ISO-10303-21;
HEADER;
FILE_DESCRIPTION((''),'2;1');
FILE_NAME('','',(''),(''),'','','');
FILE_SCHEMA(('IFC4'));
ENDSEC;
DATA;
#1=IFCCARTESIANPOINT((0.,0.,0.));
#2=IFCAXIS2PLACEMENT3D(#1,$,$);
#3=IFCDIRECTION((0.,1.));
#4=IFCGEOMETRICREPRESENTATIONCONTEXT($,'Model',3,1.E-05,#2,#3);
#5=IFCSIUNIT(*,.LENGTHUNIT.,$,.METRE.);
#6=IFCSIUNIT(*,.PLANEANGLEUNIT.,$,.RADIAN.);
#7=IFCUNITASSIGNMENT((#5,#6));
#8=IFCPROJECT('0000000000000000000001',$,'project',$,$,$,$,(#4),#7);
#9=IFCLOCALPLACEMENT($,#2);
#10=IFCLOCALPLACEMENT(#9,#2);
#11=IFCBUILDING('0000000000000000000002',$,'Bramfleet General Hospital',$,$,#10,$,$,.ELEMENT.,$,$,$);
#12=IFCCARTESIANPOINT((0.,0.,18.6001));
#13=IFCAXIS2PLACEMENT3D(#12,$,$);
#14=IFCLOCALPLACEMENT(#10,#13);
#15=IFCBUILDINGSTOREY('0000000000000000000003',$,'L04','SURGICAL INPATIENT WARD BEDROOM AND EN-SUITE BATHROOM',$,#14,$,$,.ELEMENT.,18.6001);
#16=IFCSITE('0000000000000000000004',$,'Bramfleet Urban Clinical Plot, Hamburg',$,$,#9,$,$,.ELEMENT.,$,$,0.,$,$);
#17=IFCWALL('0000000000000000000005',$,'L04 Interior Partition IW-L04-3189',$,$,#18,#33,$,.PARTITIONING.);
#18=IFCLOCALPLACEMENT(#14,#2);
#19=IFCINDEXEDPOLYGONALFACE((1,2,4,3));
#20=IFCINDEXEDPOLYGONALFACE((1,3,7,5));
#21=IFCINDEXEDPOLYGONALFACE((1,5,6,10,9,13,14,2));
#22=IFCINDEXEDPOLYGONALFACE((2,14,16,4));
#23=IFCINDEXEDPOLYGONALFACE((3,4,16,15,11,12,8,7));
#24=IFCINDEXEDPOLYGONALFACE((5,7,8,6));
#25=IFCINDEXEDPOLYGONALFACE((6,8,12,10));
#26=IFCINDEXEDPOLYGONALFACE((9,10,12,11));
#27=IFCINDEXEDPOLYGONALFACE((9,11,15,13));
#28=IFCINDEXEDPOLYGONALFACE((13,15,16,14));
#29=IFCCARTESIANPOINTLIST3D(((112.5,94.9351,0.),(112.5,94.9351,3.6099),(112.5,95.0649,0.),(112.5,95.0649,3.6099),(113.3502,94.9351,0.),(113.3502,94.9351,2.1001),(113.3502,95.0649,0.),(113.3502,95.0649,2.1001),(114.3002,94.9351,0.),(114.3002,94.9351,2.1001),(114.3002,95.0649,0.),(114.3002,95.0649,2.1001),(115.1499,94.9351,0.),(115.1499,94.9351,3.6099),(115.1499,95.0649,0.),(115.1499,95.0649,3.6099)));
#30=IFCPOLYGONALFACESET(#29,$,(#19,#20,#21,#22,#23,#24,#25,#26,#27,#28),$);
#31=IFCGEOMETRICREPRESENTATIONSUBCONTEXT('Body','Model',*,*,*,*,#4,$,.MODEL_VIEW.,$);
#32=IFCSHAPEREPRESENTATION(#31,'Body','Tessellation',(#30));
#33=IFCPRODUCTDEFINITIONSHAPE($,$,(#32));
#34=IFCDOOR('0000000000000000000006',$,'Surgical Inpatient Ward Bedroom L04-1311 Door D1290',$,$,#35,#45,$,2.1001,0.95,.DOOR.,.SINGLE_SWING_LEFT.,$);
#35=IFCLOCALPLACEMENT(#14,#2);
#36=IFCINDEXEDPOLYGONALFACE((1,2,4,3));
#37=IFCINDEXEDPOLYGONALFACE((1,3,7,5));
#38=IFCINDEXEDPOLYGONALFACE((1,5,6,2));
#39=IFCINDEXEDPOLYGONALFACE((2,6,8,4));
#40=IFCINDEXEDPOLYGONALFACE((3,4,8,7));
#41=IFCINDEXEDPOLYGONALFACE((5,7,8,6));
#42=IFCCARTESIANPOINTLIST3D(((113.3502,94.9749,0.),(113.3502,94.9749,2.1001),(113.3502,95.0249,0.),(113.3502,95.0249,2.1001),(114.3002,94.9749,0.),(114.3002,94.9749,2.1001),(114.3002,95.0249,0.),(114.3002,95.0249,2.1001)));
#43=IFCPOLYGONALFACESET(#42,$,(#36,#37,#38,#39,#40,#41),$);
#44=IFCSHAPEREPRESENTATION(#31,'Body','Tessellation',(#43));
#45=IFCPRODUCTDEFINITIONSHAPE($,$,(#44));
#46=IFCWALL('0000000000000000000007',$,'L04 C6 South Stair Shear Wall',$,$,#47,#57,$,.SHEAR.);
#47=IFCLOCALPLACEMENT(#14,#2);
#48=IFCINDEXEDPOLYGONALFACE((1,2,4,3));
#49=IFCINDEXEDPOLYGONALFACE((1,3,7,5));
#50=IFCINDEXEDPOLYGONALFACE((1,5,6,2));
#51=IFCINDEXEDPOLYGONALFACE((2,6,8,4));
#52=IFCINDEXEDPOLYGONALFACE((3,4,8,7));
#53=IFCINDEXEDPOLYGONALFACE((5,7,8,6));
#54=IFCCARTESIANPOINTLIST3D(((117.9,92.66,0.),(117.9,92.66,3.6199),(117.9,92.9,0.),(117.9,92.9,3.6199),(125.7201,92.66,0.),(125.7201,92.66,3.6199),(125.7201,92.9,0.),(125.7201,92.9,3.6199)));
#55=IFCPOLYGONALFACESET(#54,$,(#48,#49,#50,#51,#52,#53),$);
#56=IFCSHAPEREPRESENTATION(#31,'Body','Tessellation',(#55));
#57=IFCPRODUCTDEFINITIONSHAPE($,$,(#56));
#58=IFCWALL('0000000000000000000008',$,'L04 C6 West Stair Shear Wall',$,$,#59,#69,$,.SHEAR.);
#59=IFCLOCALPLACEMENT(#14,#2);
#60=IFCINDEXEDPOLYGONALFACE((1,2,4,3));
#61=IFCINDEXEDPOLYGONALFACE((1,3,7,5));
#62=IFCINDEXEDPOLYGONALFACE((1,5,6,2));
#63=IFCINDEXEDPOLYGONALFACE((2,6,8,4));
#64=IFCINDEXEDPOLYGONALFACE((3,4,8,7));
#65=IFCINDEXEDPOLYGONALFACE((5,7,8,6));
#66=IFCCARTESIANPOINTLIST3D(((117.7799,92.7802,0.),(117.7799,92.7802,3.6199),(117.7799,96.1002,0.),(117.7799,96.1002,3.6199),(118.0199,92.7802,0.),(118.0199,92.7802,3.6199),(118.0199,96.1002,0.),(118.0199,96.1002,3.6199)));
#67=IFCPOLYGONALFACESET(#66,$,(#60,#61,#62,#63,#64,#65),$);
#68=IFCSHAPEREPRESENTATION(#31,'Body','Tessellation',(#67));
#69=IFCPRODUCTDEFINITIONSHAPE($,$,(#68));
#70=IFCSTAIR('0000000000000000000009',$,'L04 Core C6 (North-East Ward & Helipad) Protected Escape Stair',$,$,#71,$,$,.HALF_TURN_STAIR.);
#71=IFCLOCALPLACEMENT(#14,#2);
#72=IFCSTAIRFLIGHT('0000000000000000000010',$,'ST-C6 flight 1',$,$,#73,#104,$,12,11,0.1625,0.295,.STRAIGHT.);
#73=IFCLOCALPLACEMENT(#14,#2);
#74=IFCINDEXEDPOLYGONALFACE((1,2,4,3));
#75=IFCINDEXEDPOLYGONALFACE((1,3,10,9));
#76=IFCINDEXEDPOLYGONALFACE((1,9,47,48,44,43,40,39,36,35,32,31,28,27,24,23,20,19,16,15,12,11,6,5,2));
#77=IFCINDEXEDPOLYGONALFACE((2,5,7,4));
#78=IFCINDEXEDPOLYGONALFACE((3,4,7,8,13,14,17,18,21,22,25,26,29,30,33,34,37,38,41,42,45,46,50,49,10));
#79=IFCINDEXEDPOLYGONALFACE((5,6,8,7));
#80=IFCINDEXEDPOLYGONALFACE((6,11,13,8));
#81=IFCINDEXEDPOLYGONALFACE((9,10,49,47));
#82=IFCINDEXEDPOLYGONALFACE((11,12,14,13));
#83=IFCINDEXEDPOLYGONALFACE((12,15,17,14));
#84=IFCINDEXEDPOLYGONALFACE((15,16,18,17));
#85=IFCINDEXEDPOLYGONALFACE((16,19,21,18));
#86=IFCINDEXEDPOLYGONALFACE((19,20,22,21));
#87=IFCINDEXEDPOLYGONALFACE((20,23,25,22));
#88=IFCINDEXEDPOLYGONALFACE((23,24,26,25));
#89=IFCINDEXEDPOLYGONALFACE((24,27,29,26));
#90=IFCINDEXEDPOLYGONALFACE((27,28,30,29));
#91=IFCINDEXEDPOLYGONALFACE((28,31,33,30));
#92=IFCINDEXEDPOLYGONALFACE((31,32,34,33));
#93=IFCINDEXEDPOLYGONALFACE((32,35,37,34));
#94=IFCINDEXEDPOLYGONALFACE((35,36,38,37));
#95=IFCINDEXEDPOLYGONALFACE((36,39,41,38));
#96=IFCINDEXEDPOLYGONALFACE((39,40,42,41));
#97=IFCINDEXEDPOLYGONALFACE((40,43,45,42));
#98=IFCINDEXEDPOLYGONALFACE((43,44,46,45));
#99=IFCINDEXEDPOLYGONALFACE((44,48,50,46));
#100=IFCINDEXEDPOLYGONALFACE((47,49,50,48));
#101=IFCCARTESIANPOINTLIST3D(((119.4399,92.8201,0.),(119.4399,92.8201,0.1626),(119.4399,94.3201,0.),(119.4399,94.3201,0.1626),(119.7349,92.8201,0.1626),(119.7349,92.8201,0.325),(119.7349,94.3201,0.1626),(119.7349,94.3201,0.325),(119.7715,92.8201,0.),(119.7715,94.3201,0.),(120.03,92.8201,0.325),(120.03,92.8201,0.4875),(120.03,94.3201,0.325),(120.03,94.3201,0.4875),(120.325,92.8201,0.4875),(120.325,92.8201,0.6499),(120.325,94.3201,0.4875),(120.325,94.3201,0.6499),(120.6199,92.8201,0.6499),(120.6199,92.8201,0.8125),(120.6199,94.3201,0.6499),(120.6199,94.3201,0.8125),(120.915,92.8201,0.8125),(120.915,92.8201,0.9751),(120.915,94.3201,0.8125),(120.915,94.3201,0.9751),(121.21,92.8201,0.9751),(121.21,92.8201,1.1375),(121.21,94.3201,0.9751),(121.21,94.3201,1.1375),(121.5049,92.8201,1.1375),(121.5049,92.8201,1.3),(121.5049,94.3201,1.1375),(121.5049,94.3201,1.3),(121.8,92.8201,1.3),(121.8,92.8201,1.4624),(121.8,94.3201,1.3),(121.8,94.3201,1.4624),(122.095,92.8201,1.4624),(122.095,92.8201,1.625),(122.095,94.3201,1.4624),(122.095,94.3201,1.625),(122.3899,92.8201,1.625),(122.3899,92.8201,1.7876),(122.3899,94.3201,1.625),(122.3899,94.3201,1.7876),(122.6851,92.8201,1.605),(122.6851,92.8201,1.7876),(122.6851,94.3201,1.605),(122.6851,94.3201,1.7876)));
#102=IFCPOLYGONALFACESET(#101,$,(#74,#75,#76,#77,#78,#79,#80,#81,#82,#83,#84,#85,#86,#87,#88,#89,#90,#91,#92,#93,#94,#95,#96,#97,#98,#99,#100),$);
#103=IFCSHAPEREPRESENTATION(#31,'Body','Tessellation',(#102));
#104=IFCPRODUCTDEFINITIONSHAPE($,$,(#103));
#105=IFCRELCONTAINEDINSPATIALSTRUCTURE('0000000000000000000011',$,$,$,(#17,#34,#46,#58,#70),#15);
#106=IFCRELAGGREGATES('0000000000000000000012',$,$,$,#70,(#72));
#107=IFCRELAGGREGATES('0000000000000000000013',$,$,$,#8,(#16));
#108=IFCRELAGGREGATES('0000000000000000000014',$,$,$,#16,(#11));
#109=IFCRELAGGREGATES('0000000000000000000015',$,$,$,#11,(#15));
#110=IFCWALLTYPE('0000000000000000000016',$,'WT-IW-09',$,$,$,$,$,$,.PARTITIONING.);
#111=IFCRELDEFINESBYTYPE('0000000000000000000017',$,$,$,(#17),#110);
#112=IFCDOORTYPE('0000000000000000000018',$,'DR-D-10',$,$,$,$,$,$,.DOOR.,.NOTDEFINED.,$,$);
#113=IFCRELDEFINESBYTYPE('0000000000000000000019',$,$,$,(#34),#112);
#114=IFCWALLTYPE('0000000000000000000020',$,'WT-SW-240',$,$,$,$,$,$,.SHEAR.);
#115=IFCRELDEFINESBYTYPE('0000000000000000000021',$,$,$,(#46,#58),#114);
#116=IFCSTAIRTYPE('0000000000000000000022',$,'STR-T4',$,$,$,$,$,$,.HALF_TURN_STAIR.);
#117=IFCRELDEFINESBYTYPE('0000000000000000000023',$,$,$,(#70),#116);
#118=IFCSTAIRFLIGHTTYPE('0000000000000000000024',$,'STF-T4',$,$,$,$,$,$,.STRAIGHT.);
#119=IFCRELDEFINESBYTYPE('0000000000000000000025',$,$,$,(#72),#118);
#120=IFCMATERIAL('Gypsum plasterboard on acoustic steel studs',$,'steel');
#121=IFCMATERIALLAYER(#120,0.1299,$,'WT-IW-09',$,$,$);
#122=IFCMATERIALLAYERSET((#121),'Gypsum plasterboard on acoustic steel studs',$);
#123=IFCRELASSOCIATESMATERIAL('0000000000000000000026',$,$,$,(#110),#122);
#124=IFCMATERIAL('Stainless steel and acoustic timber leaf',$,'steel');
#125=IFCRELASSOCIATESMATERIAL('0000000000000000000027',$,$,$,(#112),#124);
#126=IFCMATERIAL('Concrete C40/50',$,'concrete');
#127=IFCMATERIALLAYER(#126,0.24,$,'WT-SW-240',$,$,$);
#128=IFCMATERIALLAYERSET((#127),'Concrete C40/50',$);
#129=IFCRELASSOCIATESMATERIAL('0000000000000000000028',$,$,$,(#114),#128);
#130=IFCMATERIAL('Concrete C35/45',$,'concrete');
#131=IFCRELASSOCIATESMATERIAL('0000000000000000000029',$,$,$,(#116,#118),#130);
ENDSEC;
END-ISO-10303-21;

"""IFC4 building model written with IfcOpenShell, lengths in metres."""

from ifc_helpers import new_model, si_unit, direction, frame, frame_2d, origin, place, context, subcontext, project, spatial, polyline, rectangle, outline, extrude, material, layer, layer_set, type_object, element, fill, aggregate, save


model = new_model("IFC4")

# Units and contexts
model_context = context("Model", 3, precision=1e-05, world=origin(), true_north=direction((0.0, 1.0)))
body_context = subcontext(model_context, "Body", "Model", "MODEL_VIEW")
ifc_project = project(units=[si_unit("LENGTHUNIT", "METRE"), si_unit("PLANEANGLEUNIT", "RADIAN")], contexts=[model_context])

# Site, building, storey
site_placement = place(None, origin())
site = spatial("IfcSite", under=ifc_project, at=site_placement, Name="Bramfleet Urban Clinical Plot, Hamburg", CompositionType="ELEMENT", RefElevation=0.0)
building_placement = place(site_placement, origin())
building = spatial("IfcBuilding", under=site, at=building_placement, Name="Bramfleet General Hospital", CompositionType="ELEMENT")
storey_placement = place(building_placement, frame((0.0, 0.0, 18.6001)))
storey = spatial("IfcBuildingStorey", under=building, at=storey_placement, Name="L04", Description="SURGICAL INPATIENT WARD BEDROOM AND EN-SUITE BATHROOM", CompositionType="ELEMENT", Elevation=18.6001)

# Shared definitions
ifc_material_1 = material(Name="Concrete C35/45", Category="concrete")

# Wall, opening, door
ifc_material_2 = material(Name="Gypsum plasterboard on acoustic steel studs", Category="steel")
ifc_layer_1 = layer(ifc_material_2, 0.1299, Name="WT-IW-09")
ifc_layer_set_1 = layer_set([ifc_layer_1], Name="Gypsum plasterboard on acoustic steel studs")
wall_type_1 = type_object("IfcWallType", Name="WT-IW-09", PredefinedType="PARTITIONING", material=ifc_layer_set_1)
wall_1_placement = place(storey_placement, frame((112.5, 95.0, 0.0), z_axis=(0.0, 0.0, 1.0), x_axis=(1.0, 0.0, 0.0)))
wall_1 = element("IfcWall", 1, at=wall_1_placement, inside=storey, type_object=wall_type_1, Name="L04 Interior Partition IW-L04-3189", PredefinedType="PARTITIONING", context=body_context, shape_type="SweptSolid", body=[
    extrude(rectangle(XDim=2.6499, YDim=0.1299, at=frame_2d((1.325, 0.0))), origin(), (0.0, 0.0, 1.0), 3.6099),
])
opening_1_placement = place(wall_1_placement, frame((0.8501, 0.0, 0.0)))
opening_1 = element("IfcOpeningElement", 2, at=opening_1_placement, cuts=wall_1, PredefinedType="OPENING", context=body_context, shape_type="SweptSolid", body=[
    extrude(rectangle(XDim=0.95, YDim=2.1001, at=frame_2d((0.4751, 1.05))), frame((0.0, 0.075, 0.0), z_axis=(0.0, -1.0, 0.0), x_axis=(1.0, 0.0, 0.0)), (0.0, 0.0, 1.0), 0.1499),
])
ifc_material_3 = material(Name="Stainless steel and acoustic timber leaf", Category="steel")
door_type = type_object("IfcDoorType", Name="DR-D-10", OperationType="NOTDEFINED", PredefinedType="DOOR", material=ifc_material_3)
door_placement = place(opening_1_placement, origin())
door = element("IfcDoor", 3, at=door_placement, inside=storey, type_object=door_type, Name="Surgical Inpatient Ward Bedroom L04-1311 Door D1290", OperationType="SINGLE_SWING_LEFT", OverallHeight=2.1001, OverallWidth=0.95, PredefinedType="DOOR", context=body_context, shape_type="SweptSolid", body=[
    extrude(rectangle(XDim=0.95, YDim=2.1001, at=frame_2d((0.4751, 1.05))), frame((0.0, 0.0249, 0.0), z_axis=(0.0, -1.0, 0.0), x_axis=(1.0, 0.0, 0.0)), (0.0, 0.0, 1.0), 0.05),
])
fill(opening_1, door)

# Walls
ifc_material_4 = material(Name="Concrete C40/50", Category="concrete")
ifc_layer_2 = layer(ifc_material_4, 0.24, Name="WT-SW-240")
ifc_layer_set_2 = layer_set([ifc_layer_2], Name="Concrete C40/50")
wall_type_2 = type_object("IfcWallType", Name="WT-SW-240", PredefinedType="SHEAR", material=ifc_layer_set_2)
wall_2_placement = place(storey_placement, frame((117.8999, 92.78, 0.0), z_axis=(0.0, 0.0, 1.0), x_axis=(1.0, 0.0, 0.0)))
element("IfcWall", 4, at=wall_2_placement, inside=storey, type_object=wall_type_2, Name="L04 C6 South Stair Shear Wall", PredefinedType="SHEAR", context=body_context, shape_type="SweptSolid", body=[
    extrude(rectangle(XDim=7.8201, YDim=0.24, at=frame_2d((3.9102, 0.0))), origin(), (0.0, 0.0, 1.0), 3.6199),
])
wall_3_placement = place(storey_placement, frame((117.8999, 92.78, 0.0), z_axis=(0.0, 0.0, 1.0), x_axis=(0.0, 1.0, 0.0)))
element("IfcWall", 5, at=wall_3_placement, inside=storey, type_object=wall_type_2, Name="L04 C6 West Stair Shear Wall", PredefinedType="SHEAR", context=body_context, shape_type="SweptSolid", body=[
    extrude(rectangle(XDim=3.3201, YDim=0.24, at=frame_2d((1.6602, 0.0))), origin(), (0.0, 0.0, 1.0), 3.6199),
])

# Stair, stair flight
stair_type = type_object("IfcStairType", Name="STR-T4", PredefinedType="HALF_TURN_STAIR", material=ifc_material_1)
stair_placement = place(storey_placement, origin())
stair = element("IfcStair", 6, at=stair_placement, inside=storey, type_object=stair_type, Name="L04 Core C6 (North-East Ward & Helipad) Protected Escape Stair", PredefinedType="HALF_TURN_STAIR")
stair_flight_type = type_object("IfcStairFlightType", Name="STF-T4", PredefinedType="STRAIGHT", material=ifc_material_1)
stair_flight_placement = place(storey_placement, frame((119.4399, 93.5701, 0.0), z_axis=(0.0, 0.0, 1.0), x_axis=(1.0, 0.0, 0.0)))
stair_flight = element("IfcStairFlight", 7, at=stair_flight_placement, type_object=stair_flight_type, Name="ST-C6 flight 1", NumberOfRisers=12, NumberOfTreads=11, PredefinedType="STRAIGHT", RiserHeight=0.1625, TreadLength=0.295, context=body_context, shape_type="SweptSolid", body=[
    extrude(outline(polyline([(0.0, 0.0), (0.0, 0.1626), (0.2949, 0.1626), (0.2949, 0.325), (0.5901, 0.325), (0.5901, 0.4875), (0.885, 0.4875), (0.885, 0.6499), (1.1799, 0.6499), (1.1799, 0.8125), (1.4751, 0.8125), (1.4751, 0.9751), (1.77, 0.9751), (1.77, 1.1375), (2.0649, 1.1375), (2.0649, 1.3), (2.3601, 1.3), (2.3601, 1.4624), (2.655, 1.4624), (2.655, 1.625), (2.95, 1.625), (2.95, 1.7876), (3.2451, 1.7876), (3.2451, 1.95), (3.2451, 1.605), (0.3315, 0.0), (0.0, 0.0)])), frame((0.0, 0.75, 0.0), z_axis=(0.0, -1.0, 0.0), x_axis=(1.0, 0.0, 0.0)), (0.0, 0.0, 1.0), 1.5),
])
aggregate(stair, [stair_flight])

save(model, "model.ifc")
